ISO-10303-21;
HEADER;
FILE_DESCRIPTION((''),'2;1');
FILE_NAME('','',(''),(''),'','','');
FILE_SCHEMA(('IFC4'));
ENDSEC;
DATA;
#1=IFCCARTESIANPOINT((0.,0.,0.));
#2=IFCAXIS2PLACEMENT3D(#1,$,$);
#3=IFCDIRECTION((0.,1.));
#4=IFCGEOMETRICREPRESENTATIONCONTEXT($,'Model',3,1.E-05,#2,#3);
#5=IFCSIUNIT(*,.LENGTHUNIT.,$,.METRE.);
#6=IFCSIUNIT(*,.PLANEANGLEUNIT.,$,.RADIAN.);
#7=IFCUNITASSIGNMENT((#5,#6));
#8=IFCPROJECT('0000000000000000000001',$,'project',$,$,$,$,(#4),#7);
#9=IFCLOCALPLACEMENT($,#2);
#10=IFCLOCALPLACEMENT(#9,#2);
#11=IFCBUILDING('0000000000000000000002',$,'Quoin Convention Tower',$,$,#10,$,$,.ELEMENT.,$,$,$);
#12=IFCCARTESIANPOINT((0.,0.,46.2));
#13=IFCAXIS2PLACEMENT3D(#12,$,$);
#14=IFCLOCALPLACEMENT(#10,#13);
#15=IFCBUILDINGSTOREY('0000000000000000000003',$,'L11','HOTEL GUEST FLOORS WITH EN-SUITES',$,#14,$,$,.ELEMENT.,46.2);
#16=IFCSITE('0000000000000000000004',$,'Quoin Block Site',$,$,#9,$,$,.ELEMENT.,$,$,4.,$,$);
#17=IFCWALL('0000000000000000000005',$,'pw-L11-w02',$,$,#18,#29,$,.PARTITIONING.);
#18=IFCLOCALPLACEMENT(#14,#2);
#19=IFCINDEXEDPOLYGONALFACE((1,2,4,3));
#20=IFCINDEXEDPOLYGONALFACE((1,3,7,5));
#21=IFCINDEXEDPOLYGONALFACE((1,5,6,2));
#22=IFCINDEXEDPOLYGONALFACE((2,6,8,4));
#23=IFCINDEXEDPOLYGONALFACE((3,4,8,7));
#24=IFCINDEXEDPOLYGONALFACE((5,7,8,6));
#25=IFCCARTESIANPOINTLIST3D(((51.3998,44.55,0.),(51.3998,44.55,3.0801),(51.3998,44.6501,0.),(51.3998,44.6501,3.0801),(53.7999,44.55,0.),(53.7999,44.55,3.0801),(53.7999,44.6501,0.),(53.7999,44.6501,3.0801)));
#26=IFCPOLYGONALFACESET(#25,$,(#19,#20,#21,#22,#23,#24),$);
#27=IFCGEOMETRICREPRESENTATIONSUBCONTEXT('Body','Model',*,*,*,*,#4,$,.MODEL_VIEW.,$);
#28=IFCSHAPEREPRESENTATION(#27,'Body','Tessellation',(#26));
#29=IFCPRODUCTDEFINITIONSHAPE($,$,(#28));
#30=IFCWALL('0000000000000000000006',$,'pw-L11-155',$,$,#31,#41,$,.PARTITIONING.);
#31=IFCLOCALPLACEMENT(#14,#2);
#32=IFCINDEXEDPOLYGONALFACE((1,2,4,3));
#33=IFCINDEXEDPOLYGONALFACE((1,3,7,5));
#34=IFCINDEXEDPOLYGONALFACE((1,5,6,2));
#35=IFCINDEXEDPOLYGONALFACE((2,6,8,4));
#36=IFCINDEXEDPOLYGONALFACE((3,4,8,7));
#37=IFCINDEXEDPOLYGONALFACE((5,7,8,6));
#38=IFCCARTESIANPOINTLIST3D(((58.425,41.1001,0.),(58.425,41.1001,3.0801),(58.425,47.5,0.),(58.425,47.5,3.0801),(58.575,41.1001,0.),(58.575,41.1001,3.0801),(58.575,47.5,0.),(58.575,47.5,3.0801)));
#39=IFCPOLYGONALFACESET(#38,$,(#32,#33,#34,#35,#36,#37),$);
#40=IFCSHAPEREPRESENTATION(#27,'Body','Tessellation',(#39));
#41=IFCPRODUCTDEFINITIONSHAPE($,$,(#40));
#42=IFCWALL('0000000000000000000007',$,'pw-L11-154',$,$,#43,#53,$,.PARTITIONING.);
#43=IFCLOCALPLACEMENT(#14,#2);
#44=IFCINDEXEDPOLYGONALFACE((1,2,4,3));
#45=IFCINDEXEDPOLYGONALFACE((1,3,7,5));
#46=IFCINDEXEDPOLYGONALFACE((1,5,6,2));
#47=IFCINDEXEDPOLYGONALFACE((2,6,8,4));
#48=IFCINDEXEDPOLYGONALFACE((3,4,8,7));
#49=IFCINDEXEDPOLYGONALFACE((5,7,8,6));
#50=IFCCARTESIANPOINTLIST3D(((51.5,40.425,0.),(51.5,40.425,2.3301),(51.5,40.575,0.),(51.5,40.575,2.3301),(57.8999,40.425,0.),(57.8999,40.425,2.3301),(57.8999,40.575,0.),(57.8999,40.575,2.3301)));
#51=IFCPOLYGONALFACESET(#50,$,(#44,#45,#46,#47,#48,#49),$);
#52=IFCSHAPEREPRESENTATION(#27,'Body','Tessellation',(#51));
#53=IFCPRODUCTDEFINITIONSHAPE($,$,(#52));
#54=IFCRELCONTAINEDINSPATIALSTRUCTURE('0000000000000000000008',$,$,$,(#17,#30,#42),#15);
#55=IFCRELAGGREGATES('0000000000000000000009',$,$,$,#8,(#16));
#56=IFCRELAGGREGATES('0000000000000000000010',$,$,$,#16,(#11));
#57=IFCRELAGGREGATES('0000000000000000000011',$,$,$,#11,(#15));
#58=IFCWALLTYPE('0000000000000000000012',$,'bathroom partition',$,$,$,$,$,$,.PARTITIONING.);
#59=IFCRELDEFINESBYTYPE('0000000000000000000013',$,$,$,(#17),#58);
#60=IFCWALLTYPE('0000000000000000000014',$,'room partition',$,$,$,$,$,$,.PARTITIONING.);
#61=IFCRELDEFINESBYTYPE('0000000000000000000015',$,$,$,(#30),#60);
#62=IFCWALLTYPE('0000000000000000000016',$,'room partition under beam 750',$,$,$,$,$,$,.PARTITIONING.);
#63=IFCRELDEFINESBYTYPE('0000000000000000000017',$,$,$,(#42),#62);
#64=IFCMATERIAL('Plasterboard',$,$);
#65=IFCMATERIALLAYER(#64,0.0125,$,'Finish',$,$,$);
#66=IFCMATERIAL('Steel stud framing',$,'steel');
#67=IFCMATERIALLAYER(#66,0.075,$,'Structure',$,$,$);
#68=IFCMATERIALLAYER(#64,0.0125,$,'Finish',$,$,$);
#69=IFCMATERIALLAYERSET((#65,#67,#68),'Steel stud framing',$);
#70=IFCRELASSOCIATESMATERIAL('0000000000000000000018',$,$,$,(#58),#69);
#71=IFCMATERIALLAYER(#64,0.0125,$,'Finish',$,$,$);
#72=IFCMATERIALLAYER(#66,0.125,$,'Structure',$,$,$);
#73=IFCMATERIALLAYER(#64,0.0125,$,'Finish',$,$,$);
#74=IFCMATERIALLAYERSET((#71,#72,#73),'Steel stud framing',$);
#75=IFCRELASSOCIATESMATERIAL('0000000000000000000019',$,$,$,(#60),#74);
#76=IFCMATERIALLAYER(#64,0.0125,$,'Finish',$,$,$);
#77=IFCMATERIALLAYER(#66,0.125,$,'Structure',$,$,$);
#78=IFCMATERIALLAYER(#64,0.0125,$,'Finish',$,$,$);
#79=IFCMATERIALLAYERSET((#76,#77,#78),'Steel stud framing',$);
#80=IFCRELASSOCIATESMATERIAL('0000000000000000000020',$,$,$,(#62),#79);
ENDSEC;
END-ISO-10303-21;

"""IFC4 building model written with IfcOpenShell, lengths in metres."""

from ifc_helpers import new_model, si_unit, direction, frame, frame_2d, origin, place, context, subcontext, project, spatial, rectangle, extrude, material, layer, layer_set, type_object, element, save


model = new_model("IFC4")

# Units and contexts
model_context = context("Model", 3, precision=1e-05, world=origin(), true_north=direction((0.0, 1.0)))
body_context = subcontext(model_context, "Body", "Model", "MODEL_VIEW")
ifc_project = project(units=[si_unit("LENGTHUNIT", "METRE"), si_unit("PLANEANGLEUNIT", "RADIAN")], contexts=[model_context])

# Site, building, storey
site_placement = place(None, origin())
site = spatial("IfcSite", under=ifc_project, at=site_placement, Name="Quoin Block Site", CompositionType="ELEMENT", RefElevation=4.0)
building_placement = place(site_placement, origin())
building = spatial("IfcBuilding", under=site, at=building_placement, Name="Quoin Convention Tower", CompositionType="ELEMENT")
storey_placement = place(building_placement, frame((0.0, 0.0, 46.2)))
storey = spatial("IfcBuildingStorey", under=building, at=storey_placement, Name="L11", Description="HOTEL GUEST FLOORS WITH EN-SUITES", CompositionType="ELEMENT", Elevation=46.2)

# Walls
ifc_material_1 = material(Name="Plasterboard")
ifc_layer_1 = layer(ifc_material_1, 0.0125, Name="Finish")
ifc_material_2 = material(Name="Steel stud framing", Category="steel")
ifc_layer_2 = layer(ifc_material_2, 0.075, Name="Structure")
ifc_layer_3 = layer(ifc_material_1, 0.0125, Name="Finish")
ifc_layer_set_1 = layer_set([ifc_layer_1, ifc_layer_2, ifc_layer_3], Name="Steel stud framing")
wall_type_1 = type_object("IfcWallType", Name="bathroom partition", PredefinedType="PARTITIONING", material=ifc_layer_set_1)
wall_1_placement = place(storey_placement, frame((53.8, 44.6001, 0.0), z_axis=(0.0, 0.0, 1.0), x_axis=(-1.0, 0.0, 0.0)))
element("IfcWall", 1, at=wall_1_placement, inside=storey, type_object=wall_type_1, Name="pw-L11-w02", PredefinedType="PARTITIONING", context=body_context, shape_type="SweptSolid", body=[
    extrude(rectangle(XDim=2.4001, YDim=0.1001, at=frame_2d((1.2002, 0.0))), origin(), (0.0, 0.0, 1.0), 3.0801),
])
ifc_layer_4 = layer(ifc_material_1, 0.0125, Name="Finish")
ifc_layer_5 = layer(ifc_material_2, 0.125, Name="Structure")
ifc_layer_6 = layer(ifc_material_1, 0.0125, Name="Finish")
ifc_layer_set_2 = layer_set([ifc_layer_4, ifc_layer_5, ifc_layer_6], Name="Steel stud framing")
wall_type_2 = type_object("IfcWallType", Name="room partition", PredefinedType="PARTITIONING", material=ifc_layer_set_2)
wall_2_placement = place(storey_placement, frame((58.5, 41.1001, 0.0), z_axis=(0.0, 0.0, 1.0), x_axis=(0.0, 1.0, 0.0)))
element("IfcWall", 2, at=wall_2_placement, inside=storey, type_object=wall_type_2, Name="pw-L11-155", PredefinedType="PARTITIONING", context=body_context, shape_type="SweptSolid", body=[
    extrude(rectangle(XDim=6.3999, YDim=0.1499, at=frame_2d((3.2, 0.0))), origin(), (0.0, 0.0, 1.0), 3.0801),
])
ifc_layer_7 = layer(ifc_material_1, 0.0125, Name="Finish")
ifc_layer_8 = layer(ifc_material_2, 0.125, Name="Structure")
ifc_layer_9 = layer(ifc_material_1, 0.0125, Name="Finish")
ifc_layer_set_3 = layer_set([ifc_layer_7, ifc_layer_8, ifc_layer_9], Name="Steel stud framing")
wall_type_3 = type_object("IfcWallType", Name="room partition under beam 750", PredefinedType="PARTITIONING", material=ifc_layer_set_3)
wall_3_placement = place(storey_placement, frame((51.5, 40.5, 0.0), z_axis=(0.0, 0.0, 1.0), x_axis=(1.0, 0.0, 0.0)))
element("IfcWall", 3, at=wall_3_placement, inside=storey, type_object=wall_type_3, Name="pw-L11-154", PredefinedType="PARTITIONING", context=body_context, shape_type="SweptSolid", body=[
    extrude(rectangle(XDim=6.3999, YDim=0.1499, at=frame_2d((3.2, 0.0))), origin(), (0.0, 0.0, 1.0), 2.3301),
])

save(model, "model.ifc")
